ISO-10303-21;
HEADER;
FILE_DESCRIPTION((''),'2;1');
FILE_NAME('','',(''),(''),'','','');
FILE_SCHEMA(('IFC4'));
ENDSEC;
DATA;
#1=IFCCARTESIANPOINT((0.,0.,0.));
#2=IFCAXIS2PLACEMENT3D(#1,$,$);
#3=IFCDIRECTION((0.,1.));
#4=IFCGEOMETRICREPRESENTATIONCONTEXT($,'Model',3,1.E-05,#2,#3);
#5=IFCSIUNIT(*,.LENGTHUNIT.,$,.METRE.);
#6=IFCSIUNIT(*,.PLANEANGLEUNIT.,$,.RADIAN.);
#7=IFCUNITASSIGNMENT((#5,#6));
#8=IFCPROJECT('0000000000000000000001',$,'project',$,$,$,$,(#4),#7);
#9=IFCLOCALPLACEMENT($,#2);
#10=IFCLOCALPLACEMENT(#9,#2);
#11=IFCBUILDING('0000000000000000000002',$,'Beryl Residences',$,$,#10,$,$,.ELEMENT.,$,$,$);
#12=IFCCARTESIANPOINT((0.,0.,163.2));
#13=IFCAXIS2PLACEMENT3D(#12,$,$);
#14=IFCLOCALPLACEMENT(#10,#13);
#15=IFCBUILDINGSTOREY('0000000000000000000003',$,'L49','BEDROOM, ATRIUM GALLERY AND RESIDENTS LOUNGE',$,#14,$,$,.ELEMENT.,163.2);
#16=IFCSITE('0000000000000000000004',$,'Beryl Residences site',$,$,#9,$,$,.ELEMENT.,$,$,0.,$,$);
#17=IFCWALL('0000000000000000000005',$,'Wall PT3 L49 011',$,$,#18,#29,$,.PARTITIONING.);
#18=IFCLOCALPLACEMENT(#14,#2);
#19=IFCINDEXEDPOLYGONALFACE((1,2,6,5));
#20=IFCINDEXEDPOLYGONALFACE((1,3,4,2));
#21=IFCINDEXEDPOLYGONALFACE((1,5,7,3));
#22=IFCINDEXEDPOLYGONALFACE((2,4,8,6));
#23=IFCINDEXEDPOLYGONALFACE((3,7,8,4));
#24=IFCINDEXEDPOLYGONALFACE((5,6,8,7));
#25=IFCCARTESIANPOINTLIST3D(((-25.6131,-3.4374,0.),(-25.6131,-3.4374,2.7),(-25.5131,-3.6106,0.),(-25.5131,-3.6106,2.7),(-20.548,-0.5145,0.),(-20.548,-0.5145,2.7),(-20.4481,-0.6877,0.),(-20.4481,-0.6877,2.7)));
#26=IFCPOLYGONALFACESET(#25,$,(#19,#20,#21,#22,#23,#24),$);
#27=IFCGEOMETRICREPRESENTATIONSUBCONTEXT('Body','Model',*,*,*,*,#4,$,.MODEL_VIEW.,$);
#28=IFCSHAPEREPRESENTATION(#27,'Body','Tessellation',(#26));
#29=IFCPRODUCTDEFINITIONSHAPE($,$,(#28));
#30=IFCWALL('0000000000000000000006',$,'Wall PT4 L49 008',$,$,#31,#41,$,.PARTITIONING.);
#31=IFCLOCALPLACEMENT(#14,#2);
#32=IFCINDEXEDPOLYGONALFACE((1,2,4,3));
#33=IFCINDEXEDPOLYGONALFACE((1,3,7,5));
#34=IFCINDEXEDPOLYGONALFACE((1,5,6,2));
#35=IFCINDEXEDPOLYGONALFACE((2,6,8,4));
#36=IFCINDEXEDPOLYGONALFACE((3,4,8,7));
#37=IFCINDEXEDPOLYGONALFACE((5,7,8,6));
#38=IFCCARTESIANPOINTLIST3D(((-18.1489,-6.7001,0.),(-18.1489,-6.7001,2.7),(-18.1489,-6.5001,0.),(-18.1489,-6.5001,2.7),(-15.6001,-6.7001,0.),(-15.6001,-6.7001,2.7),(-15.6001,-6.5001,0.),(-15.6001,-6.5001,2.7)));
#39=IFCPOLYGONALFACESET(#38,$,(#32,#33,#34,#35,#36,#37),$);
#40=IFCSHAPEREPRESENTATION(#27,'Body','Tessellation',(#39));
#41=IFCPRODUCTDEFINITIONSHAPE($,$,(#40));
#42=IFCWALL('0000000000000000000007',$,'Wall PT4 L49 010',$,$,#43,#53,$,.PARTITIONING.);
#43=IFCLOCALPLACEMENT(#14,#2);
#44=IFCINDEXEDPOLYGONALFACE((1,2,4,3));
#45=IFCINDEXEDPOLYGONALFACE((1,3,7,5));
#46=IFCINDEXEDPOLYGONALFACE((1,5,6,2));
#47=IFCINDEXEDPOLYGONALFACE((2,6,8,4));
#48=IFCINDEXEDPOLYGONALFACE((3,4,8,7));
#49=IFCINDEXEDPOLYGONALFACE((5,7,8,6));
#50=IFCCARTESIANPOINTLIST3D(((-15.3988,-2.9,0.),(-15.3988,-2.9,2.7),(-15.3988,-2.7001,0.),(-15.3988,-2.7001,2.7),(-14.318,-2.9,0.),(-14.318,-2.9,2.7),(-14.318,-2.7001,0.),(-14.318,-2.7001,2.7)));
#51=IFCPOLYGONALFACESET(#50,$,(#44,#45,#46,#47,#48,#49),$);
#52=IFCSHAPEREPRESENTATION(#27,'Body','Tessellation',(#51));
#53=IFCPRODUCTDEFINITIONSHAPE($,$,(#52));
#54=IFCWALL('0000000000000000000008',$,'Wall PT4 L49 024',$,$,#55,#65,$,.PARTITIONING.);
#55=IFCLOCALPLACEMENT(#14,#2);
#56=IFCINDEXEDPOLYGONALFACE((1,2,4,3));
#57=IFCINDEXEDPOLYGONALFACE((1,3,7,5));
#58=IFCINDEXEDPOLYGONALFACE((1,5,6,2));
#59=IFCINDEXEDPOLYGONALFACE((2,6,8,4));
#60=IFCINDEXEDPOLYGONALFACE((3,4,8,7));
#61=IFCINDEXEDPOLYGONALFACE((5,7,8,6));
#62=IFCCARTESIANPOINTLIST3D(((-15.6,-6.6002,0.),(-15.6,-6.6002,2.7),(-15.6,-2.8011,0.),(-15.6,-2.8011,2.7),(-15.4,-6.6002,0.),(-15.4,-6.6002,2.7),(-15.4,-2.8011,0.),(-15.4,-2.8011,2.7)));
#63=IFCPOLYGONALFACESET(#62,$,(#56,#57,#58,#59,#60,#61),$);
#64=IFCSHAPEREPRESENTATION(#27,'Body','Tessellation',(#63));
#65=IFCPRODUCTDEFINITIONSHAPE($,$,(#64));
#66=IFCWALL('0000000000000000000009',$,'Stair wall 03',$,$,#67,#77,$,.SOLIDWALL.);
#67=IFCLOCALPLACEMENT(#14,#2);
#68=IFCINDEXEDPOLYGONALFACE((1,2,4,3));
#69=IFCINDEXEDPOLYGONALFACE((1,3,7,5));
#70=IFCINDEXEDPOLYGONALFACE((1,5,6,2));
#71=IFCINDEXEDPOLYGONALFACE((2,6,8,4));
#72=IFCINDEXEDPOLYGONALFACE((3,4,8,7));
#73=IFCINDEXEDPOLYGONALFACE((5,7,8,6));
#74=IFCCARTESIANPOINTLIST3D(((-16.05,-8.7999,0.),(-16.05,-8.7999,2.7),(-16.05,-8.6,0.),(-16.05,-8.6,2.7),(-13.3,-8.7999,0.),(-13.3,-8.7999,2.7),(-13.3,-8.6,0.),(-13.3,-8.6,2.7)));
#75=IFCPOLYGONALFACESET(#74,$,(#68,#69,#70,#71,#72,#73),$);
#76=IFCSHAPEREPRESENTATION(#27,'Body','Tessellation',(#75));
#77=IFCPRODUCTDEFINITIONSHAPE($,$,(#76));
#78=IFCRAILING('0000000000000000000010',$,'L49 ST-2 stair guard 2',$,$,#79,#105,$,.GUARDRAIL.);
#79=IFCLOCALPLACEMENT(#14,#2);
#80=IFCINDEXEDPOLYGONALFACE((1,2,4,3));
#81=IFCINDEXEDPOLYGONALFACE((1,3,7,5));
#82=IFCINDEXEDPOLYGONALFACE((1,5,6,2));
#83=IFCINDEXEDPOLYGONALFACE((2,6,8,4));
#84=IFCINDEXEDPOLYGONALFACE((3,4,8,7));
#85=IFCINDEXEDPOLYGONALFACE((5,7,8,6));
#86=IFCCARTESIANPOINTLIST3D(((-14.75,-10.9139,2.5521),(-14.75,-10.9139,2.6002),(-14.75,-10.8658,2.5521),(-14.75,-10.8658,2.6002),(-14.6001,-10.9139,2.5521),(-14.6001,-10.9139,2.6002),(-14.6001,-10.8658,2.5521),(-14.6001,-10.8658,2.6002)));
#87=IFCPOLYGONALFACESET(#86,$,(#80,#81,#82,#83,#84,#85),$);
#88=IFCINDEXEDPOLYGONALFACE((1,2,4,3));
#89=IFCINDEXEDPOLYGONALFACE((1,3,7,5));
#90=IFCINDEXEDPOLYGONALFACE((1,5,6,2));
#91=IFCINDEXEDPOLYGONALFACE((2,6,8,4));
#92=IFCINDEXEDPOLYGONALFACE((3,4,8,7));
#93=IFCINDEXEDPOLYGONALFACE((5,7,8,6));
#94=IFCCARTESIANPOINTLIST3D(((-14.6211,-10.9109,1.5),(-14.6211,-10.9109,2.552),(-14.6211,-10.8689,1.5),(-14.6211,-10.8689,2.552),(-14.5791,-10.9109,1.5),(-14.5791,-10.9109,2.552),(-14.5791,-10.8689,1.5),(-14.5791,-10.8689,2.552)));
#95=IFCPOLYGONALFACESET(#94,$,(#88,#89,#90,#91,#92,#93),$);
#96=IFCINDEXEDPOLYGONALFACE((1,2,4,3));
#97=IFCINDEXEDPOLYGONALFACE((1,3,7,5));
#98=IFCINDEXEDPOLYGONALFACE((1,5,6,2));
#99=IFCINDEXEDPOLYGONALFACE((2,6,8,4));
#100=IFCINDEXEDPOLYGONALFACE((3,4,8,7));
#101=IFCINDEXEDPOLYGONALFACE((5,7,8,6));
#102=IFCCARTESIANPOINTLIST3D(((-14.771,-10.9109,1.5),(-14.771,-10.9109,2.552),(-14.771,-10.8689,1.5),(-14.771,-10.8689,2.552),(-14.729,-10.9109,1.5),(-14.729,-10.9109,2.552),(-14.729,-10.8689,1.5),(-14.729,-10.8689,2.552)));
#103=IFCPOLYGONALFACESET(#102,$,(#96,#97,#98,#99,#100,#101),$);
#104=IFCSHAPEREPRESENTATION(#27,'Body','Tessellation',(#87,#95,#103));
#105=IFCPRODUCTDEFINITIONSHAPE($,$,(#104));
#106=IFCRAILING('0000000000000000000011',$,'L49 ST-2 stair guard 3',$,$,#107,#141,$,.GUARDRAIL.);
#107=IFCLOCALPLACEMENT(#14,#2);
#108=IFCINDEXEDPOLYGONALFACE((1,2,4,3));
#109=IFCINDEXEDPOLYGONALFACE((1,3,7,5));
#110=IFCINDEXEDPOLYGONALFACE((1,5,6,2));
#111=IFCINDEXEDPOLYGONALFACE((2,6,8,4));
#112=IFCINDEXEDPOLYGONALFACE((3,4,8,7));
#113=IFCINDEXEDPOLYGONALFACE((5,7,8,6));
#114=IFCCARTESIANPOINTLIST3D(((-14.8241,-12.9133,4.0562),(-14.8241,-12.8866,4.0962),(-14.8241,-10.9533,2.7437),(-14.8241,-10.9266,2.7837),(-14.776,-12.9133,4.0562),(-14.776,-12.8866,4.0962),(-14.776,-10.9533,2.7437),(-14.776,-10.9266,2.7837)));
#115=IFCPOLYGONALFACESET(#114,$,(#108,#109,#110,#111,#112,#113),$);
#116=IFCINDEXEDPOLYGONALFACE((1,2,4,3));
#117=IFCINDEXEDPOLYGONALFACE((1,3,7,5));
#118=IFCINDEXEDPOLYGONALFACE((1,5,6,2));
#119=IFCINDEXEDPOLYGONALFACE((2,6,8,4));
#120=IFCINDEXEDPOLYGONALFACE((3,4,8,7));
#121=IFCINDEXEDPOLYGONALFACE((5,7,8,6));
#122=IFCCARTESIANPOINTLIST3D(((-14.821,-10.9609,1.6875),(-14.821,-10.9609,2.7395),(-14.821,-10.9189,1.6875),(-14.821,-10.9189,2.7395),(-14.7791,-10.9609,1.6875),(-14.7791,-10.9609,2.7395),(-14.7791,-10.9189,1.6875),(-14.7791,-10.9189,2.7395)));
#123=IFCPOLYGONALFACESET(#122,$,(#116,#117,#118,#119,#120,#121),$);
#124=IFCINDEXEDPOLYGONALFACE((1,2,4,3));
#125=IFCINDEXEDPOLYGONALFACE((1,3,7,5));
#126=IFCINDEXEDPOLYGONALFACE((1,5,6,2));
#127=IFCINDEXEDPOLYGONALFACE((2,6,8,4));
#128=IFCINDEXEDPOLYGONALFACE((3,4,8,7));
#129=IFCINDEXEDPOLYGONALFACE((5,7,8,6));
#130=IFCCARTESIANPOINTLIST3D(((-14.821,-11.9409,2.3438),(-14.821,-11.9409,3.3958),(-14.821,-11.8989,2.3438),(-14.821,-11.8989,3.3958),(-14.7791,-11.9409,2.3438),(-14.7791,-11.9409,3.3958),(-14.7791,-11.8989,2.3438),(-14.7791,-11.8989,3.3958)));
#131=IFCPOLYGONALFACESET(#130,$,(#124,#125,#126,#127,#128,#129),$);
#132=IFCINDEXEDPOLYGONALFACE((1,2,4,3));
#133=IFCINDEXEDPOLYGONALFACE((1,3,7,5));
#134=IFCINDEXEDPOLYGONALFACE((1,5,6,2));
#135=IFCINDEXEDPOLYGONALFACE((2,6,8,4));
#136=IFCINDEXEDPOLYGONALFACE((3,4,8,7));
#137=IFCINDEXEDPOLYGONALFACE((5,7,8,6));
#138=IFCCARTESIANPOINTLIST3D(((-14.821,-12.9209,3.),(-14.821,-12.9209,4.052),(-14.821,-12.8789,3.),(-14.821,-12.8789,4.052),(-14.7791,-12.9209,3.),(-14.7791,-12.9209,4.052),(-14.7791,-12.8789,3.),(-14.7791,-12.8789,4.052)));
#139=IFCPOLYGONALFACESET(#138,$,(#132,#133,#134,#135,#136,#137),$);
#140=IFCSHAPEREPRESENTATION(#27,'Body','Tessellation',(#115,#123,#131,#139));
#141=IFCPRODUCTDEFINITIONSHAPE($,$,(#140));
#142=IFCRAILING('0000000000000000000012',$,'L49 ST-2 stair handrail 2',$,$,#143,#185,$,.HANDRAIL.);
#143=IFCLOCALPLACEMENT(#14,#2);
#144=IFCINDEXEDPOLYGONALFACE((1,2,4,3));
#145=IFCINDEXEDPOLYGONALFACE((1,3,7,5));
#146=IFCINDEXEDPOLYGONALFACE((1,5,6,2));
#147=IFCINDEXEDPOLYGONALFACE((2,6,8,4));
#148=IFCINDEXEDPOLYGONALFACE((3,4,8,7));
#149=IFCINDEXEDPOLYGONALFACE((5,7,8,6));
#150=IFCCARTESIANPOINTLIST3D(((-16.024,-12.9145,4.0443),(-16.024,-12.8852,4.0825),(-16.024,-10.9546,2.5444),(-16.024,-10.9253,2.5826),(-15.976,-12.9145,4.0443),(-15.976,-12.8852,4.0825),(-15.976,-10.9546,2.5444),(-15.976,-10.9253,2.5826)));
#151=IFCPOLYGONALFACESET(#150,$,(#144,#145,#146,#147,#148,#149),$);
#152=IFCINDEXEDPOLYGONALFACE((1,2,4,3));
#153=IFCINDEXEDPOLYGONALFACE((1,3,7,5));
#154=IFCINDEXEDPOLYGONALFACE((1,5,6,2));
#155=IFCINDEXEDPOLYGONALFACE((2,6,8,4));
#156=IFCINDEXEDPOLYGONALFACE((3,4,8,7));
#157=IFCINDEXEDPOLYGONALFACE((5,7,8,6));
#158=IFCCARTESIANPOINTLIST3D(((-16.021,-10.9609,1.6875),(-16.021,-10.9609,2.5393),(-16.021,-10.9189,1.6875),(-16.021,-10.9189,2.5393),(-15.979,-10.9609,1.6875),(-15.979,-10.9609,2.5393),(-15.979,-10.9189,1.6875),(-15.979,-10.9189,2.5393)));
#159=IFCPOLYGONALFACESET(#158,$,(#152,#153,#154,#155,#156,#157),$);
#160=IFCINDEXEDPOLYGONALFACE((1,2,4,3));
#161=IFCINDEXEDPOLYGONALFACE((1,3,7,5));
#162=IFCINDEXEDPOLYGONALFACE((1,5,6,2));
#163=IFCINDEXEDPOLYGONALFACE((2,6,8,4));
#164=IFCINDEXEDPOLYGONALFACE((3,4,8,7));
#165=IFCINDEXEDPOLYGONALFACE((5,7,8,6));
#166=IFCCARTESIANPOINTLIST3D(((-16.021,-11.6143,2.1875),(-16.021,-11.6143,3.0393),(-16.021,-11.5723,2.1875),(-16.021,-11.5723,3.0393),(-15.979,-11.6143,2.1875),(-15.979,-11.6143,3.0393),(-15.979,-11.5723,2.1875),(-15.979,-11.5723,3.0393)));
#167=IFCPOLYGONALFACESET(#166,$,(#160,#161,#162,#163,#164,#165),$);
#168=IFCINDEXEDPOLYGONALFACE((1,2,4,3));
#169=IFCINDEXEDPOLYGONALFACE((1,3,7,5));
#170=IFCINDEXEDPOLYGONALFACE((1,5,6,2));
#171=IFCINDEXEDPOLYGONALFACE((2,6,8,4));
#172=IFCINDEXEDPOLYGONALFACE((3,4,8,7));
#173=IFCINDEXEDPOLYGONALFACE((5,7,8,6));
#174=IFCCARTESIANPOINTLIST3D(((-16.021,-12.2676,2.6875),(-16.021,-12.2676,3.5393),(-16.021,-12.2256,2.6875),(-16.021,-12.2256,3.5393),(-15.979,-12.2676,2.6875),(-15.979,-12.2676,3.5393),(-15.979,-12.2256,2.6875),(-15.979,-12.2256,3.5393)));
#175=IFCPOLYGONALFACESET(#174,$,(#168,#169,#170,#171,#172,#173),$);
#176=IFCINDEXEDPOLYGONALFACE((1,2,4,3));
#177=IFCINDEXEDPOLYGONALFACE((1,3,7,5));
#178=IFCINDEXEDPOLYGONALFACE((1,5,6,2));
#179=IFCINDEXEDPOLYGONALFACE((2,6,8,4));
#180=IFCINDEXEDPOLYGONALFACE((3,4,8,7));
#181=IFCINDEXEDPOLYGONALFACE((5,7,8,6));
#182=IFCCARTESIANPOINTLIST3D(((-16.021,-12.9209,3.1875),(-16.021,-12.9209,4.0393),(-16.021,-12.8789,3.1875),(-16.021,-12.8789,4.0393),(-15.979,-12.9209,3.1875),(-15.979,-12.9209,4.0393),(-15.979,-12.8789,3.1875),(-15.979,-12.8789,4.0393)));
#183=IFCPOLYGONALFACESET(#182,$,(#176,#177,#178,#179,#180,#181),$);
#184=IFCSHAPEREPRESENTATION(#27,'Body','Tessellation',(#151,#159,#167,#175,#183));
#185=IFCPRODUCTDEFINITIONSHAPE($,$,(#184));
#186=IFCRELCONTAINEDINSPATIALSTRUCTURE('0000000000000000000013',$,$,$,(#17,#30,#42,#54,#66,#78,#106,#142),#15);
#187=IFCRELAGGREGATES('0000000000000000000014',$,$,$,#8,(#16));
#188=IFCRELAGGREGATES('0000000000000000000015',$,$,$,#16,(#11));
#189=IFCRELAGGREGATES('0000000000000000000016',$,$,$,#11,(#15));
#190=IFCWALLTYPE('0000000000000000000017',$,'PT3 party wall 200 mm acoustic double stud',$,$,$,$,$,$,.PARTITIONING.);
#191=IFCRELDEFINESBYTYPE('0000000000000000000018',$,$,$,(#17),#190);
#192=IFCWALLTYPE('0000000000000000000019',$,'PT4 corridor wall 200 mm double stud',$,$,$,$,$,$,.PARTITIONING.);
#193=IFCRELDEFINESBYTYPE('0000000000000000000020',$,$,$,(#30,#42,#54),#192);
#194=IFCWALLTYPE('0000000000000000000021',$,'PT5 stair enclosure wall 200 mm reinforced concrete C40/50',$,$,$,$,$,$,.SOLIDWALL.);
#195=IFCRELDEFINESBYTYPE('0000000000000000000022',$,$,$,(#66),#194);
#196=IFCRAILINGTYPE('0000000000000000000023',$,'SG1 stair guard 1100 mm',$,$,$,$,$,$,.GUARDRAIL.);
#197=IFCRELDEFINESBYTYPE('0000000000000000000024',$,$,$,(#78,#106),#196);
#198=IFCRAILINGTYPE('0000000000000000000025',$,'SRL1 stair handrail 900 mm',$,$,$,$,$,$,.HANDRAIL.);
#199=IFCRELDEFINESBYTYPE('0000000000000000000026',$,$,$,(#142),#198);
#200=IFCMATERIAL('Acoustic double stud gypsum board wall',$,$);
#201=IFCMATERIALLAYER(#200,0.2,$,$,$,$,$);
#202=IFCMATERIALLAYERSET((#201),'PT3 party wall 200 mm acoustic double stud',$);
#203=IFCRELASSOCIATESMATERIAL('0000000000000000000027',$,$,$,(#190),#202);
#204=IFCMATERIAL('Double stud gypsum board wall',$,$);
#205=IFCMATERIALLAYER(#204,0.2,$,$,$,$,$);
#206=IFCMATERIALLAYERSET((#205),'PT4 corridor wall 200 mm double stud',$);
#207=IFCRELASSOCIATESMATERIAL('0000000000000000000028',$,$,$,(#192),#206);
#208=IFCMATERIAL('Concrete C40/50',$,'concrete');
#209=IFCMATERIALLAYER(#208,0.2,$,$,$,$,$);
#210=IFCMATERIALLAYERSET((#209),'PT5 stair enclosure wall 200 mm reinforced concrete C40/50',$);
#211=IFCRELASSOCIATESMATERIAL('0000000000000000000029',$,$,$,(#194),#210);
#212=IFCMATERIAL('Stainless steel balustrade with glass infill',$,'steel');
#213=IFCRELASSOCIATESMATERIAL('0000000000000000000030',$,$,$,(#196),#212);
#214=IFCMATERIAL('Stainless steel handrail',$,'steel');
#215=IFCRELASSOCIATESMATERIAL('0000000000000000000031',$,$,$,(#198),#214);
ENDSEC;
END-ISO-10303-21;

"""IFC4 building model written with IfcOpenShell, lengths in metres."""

from ifc_helpers import new_model, si_unit, direction, frame, frame_2d, origin, origin_2d, place, context, subcontext, project, spatial, rectangle, extrude, material, layer, layer_set, type_object, element, save


model = new_model("IFC4")

# Units and contexts
model_context = context("Model", 3, precision=1e-05, world=origin(), true_north=direction((0.0, 1.0)))
body_context = subcontext(model_context, "Body", "Model", "MODEL_VIEW")
ifc_project = project(units=[si_unit("LENGTHUNIT", "METRE"), si_unit("PLANEANGLEUNIT", "RADIAN")], contexts=[model_context])

# Site, building, storey
site_placement = place(None, origin())
site = spatial("IfcSite", under=ifc_project, at=site_placement, Name="Beryl Residences site", CompositionType="ELEMENT", RefElevation=0.0)
building_placement = place(site_placement, origin())
building = spatial("IfcBuilding", under=site, at=building_placement, Name="Beryl Residences", CompositionType="ELEMENT")
storey_placement = place(building_placement, frame((0.0, 0.0, 163.2)))
storey = spatial("IfcBuildingStorey", under=building, at=storey_placement, Name="L49", Description="BEDROOM, ATRIUM GALLERY AND RESIDENTS LOUNGE", CompositionType="ELEMENT", Elevation=163.2)

# Walls
ifc_material_1 = material(Name="Acoustic double stud gypsum board wall")
ifc_layer_1 = layer(ifc_material_1, 0.2)
ifc_layer_set_1 = layer_set([ifc_layer_1], Name="PT3 party wall 200 mm acoustic double stud")
wall_type_1 = type_object("IfcWallType", Name="PT3 party wall 200 mm acoustic double stud", PredefinedType="PARTITIONING", material=ifc_layer_set_1)
wall_1_placement = place(storey_placement, frame((-25.563, -3.5239, 0.0), z_axis=(0.0, 0.0, 1.0), x_axis=(0.866129, 0.499821, 0.0)))
element("IfcWall", 1, at=wall_1_placement, inside=storey, type_object=wall_type_1, Name="Wall PT3 L49 011", PredefinedType="PARTITIONING", context=body_context, shape_type="SweptSolid", body=[
    extrude(rectangle(XDim=5.8479, YDim=0.2, at=frame_2d((2.9238, 0.0))), origin(), (0.0, 0.0, 1.0), 2.7),
])
ifc_material_2 = material(Name="Double stud gypsum board wall")
ifc_layer_2 = layer(ifc_material_2, 0.2)
ifc_layer_set_2 = layer_set([ifc_layer_2], Name="PT4 corridor wall 200 mm double stud")
wall_type_2 = type_object("IfcWallType", Name="PT4 corridor wall 200 mm double stud", PredefinedType="PARTITIONING", material=ifc_layer_set_2)
wall_2_placement = place(storey_placement, frame((-18.1489, -6.6001, 0.0), z_axis=(0.0, 0.0, 1.0), x_axis=(1.0, 0.0, 0.0)))
element("IfcWall", 2, at=wall_2_placement, inside=storey, type_object=wall_type_2, Name="Wall PT4 L49 008", PredefinedType="PARTITIONING", context=body_context, shape_type="SweptSolid", body=[
    extrude(rectangle(XDim=2.5488, YDim=0.2, at=frame_2d((1.2744, 0.0))), origin(), (0.0, 0.0, 1.0), 2.7),
])
wall_3_placement = place(storey_placement, frame((-15.3989, -2.8, 0.0), z_axis=(0.0, 0.0, 1.0), x_axis=(1.0, 0.0, 0.0)))
element("IfcWall", 3, at=wall_3_placement, inside=storey, type_object=wall_type_2, Name="Wall PT4 L49 010", PredefinedType="PARTITIONING", context=body_context, shape_type="SweptSolid", body=[
    extrude(rectangle(XDim=1.0808, YDim=0.2, at=frame_2d((0.5405, 0.0))), origin(), (0.0, 0.0, 1.0), 2.7),
])
wall_4_placement = place(storey_placement, frame((-15.5, -6.6001, 0.0), z_axis=(0.0, 0.0, 1.0), x_axis=(0.0, 1.0, 0.0)))
element("IfcWall", 4, at=wall_4_placement, inside=storey, type_object=wall_type_2, Name="Wall PT4 L49 024", PredefinedType="PARTITIONING", context=body_context, shape_type="SweptSolid", body=[
    extrude(rectangle(XDim=3.7991, YDim=0.2, at=frame_2d((1.8994, 0.0))), origin(), (0.0, 0.0, 1.0), 2.7),
])
ifc_material_3 = material(Name="Concrete C40/50", Category="concrete")
ifc_layer_3 = layer(ifc_material_3, 0.2)
ifc_layer_set_3 = layer_set([ifc_layer_3], Name="PT5 stair enclosure wall 200 mm reinforced concrete C40/50")
wall_type_3 = type_object("IfcWallType", Name="PT5 stair enclosure wall 200 mm reinforced concrete C40/50", PredefinedType="SOLIDWALL", material=ifc_layer_set_3)
wall_5_placement = place(storey_placement, frame((-16.05, -8.7, 0.0), z_axis=(0.0, 0.0, 1.0), x_axis=(1.0, 0.0, 0.0)))
element("IfcWall", 5, at=wall_5_placement, inside=storey, type_object=wall_type_3, Name="Stair wall 03", PredefinedType="SOLIDWALL", context=body_context, shape_type="SweptSolid", body=[
    extrude(rectangle(XDim=2.75, YDim=0.2, at=frame_2d((1.375, 0.0))), origin(), (0.0, 0.0, 1.0), 2.7),
])

# Railings
ifc_material_4 = material(Name="Stainless steel balustrade with glass infill", Category="steel")
railing_type_1 = type_object("IfcRailingType", Name="SG1 stair guard 1100 mm", PredefinedType="GUARDRAIL", material=ifc_material_4)
railing_1_placement = place(storey_placement, frame((-14.6001, -10.8899, 1.5)))
element("IfcRailing", 6, at=railing_1_placement, inside=storey, type_object=railing_type_1, Name="L49 ST-2 stair guard 2", PredefinedType="GUARDRAIL", context=body_context, shape_type="SweptSolid", body=[
    extrude(rectangle(XDim=0.0481, YDim=0.0481, at=origin_2d()), frame((0.0, 0.0, 1.0762), z_axis=(-1.0, 0.0, 0.0), x_axis=(0.0, -1.0, 0.0)), (0.0, 0.0, 1.0), 0.1499),
    extrude(rectangle(XDim=0.042, YDim=0.042, at=origin_2d()), origin(), (0.0, 0.0, 1.0), 1.052),
    extrude(rectangle(XDim=0.042, YDim=0.042, at=origin_2d()), frame((-0.1499, 0.0, 0.0)), (0.0, 0.0, 1.0), 1.052),
])
railing_2_placement = place(storey_placement, frame((-14.8, -10.9399, 1.6875)))
element("IfcRailing", 7, at=railing_2_placement, inside=storey, type_object=railing_type_1, Name="L49 ST-2 stair guard 3", PredefinedType="GUARDRAIL", context=body_context, shape_type="SweptSolid", body=[
    extrude(rectangle(XDim=0.0481, YDim=0.0481, at=origin_2d()), frame((0.0, 0.0, 1.0762), z_axis=(0.0, -0.830902, 0.556419), x_axis=(1.0, 0.0, 0.0)), (0.0, 0.0, 1.0), 2.3589),
    extrude(rectangle(XDim=0.042, YDim=0.042, at=origin_2d()), origin(), (0.0, 0.0, 1.0), 1.052),
    extrude(rectangle(XDim=0.042, YDim=0.042, at=origin_2d()), frame((0.0, -0.98, 0.6562)), (0.0, 0.0, 1.0), 1.052),
    extrude(rectangle(XDim=0.042, YDim=0.042, at=origin_2d()), frame((0.0, -1.96, 1.3125)), (0.0, 0.0, 1.0), 1.052),
])
ifc_material_5 = material(Name="Stainless steel handrail", Category="steel")
railing_type_2 = type_object("IfcRailingType", Name="SRL1 stair handrail 900 mm", PredefinedType="HANDRAIL", material=ifc_material_5)
railing_3_placement = place(storey_placement, frame((-16.0, -10.9399, 1.6875)))
element("IfcRailing", 8, at=railing_3_placement, inside=storey, type_object=railing_type_2, Name="L49 ST-2 stair handrail 2", PredefinedType="HANDRAIL", context=body_context, shape_type="SweptSolid", body=[
    extrude(rectangle(XDim=0.0481, YDim=0.0481, at=origin_2d()), frame((0.0, 0.0, 0.876), z_axis=(0.0, -0.794122, 0.607758), x_axis=(1.0, 0.0, 0.0)), (0.0, 0.0, 1.0), 2.468),
    extrude(rectangle(XDim=0.042, YDim=0.042, at=origin_2d()), origin(), (0.0, 0.0, 1.0), 0.8518),
    extrude(rectangle(XDim=0.042, YDim=0.042, at=origin_2d()), frame((0.0, -0.6533, 0.5)), (0.0, 0.0, 1.0), 0.8518),
    extrude(rectangle(XDim=0.042, YDim=0.042, at=origin_2d()), frame((0.0, -1.3066, 1.0)), (0.0, 0.0, 1.0), 0.8518),
    extrude(rectangle(XDim=0.042, YDim=0.042, at=origin_2d()), frame((0.0, -1.96, 1.5)), (0.0, 0.0, 1.0), 0.8518),
])

save(model, "model.ifc")
